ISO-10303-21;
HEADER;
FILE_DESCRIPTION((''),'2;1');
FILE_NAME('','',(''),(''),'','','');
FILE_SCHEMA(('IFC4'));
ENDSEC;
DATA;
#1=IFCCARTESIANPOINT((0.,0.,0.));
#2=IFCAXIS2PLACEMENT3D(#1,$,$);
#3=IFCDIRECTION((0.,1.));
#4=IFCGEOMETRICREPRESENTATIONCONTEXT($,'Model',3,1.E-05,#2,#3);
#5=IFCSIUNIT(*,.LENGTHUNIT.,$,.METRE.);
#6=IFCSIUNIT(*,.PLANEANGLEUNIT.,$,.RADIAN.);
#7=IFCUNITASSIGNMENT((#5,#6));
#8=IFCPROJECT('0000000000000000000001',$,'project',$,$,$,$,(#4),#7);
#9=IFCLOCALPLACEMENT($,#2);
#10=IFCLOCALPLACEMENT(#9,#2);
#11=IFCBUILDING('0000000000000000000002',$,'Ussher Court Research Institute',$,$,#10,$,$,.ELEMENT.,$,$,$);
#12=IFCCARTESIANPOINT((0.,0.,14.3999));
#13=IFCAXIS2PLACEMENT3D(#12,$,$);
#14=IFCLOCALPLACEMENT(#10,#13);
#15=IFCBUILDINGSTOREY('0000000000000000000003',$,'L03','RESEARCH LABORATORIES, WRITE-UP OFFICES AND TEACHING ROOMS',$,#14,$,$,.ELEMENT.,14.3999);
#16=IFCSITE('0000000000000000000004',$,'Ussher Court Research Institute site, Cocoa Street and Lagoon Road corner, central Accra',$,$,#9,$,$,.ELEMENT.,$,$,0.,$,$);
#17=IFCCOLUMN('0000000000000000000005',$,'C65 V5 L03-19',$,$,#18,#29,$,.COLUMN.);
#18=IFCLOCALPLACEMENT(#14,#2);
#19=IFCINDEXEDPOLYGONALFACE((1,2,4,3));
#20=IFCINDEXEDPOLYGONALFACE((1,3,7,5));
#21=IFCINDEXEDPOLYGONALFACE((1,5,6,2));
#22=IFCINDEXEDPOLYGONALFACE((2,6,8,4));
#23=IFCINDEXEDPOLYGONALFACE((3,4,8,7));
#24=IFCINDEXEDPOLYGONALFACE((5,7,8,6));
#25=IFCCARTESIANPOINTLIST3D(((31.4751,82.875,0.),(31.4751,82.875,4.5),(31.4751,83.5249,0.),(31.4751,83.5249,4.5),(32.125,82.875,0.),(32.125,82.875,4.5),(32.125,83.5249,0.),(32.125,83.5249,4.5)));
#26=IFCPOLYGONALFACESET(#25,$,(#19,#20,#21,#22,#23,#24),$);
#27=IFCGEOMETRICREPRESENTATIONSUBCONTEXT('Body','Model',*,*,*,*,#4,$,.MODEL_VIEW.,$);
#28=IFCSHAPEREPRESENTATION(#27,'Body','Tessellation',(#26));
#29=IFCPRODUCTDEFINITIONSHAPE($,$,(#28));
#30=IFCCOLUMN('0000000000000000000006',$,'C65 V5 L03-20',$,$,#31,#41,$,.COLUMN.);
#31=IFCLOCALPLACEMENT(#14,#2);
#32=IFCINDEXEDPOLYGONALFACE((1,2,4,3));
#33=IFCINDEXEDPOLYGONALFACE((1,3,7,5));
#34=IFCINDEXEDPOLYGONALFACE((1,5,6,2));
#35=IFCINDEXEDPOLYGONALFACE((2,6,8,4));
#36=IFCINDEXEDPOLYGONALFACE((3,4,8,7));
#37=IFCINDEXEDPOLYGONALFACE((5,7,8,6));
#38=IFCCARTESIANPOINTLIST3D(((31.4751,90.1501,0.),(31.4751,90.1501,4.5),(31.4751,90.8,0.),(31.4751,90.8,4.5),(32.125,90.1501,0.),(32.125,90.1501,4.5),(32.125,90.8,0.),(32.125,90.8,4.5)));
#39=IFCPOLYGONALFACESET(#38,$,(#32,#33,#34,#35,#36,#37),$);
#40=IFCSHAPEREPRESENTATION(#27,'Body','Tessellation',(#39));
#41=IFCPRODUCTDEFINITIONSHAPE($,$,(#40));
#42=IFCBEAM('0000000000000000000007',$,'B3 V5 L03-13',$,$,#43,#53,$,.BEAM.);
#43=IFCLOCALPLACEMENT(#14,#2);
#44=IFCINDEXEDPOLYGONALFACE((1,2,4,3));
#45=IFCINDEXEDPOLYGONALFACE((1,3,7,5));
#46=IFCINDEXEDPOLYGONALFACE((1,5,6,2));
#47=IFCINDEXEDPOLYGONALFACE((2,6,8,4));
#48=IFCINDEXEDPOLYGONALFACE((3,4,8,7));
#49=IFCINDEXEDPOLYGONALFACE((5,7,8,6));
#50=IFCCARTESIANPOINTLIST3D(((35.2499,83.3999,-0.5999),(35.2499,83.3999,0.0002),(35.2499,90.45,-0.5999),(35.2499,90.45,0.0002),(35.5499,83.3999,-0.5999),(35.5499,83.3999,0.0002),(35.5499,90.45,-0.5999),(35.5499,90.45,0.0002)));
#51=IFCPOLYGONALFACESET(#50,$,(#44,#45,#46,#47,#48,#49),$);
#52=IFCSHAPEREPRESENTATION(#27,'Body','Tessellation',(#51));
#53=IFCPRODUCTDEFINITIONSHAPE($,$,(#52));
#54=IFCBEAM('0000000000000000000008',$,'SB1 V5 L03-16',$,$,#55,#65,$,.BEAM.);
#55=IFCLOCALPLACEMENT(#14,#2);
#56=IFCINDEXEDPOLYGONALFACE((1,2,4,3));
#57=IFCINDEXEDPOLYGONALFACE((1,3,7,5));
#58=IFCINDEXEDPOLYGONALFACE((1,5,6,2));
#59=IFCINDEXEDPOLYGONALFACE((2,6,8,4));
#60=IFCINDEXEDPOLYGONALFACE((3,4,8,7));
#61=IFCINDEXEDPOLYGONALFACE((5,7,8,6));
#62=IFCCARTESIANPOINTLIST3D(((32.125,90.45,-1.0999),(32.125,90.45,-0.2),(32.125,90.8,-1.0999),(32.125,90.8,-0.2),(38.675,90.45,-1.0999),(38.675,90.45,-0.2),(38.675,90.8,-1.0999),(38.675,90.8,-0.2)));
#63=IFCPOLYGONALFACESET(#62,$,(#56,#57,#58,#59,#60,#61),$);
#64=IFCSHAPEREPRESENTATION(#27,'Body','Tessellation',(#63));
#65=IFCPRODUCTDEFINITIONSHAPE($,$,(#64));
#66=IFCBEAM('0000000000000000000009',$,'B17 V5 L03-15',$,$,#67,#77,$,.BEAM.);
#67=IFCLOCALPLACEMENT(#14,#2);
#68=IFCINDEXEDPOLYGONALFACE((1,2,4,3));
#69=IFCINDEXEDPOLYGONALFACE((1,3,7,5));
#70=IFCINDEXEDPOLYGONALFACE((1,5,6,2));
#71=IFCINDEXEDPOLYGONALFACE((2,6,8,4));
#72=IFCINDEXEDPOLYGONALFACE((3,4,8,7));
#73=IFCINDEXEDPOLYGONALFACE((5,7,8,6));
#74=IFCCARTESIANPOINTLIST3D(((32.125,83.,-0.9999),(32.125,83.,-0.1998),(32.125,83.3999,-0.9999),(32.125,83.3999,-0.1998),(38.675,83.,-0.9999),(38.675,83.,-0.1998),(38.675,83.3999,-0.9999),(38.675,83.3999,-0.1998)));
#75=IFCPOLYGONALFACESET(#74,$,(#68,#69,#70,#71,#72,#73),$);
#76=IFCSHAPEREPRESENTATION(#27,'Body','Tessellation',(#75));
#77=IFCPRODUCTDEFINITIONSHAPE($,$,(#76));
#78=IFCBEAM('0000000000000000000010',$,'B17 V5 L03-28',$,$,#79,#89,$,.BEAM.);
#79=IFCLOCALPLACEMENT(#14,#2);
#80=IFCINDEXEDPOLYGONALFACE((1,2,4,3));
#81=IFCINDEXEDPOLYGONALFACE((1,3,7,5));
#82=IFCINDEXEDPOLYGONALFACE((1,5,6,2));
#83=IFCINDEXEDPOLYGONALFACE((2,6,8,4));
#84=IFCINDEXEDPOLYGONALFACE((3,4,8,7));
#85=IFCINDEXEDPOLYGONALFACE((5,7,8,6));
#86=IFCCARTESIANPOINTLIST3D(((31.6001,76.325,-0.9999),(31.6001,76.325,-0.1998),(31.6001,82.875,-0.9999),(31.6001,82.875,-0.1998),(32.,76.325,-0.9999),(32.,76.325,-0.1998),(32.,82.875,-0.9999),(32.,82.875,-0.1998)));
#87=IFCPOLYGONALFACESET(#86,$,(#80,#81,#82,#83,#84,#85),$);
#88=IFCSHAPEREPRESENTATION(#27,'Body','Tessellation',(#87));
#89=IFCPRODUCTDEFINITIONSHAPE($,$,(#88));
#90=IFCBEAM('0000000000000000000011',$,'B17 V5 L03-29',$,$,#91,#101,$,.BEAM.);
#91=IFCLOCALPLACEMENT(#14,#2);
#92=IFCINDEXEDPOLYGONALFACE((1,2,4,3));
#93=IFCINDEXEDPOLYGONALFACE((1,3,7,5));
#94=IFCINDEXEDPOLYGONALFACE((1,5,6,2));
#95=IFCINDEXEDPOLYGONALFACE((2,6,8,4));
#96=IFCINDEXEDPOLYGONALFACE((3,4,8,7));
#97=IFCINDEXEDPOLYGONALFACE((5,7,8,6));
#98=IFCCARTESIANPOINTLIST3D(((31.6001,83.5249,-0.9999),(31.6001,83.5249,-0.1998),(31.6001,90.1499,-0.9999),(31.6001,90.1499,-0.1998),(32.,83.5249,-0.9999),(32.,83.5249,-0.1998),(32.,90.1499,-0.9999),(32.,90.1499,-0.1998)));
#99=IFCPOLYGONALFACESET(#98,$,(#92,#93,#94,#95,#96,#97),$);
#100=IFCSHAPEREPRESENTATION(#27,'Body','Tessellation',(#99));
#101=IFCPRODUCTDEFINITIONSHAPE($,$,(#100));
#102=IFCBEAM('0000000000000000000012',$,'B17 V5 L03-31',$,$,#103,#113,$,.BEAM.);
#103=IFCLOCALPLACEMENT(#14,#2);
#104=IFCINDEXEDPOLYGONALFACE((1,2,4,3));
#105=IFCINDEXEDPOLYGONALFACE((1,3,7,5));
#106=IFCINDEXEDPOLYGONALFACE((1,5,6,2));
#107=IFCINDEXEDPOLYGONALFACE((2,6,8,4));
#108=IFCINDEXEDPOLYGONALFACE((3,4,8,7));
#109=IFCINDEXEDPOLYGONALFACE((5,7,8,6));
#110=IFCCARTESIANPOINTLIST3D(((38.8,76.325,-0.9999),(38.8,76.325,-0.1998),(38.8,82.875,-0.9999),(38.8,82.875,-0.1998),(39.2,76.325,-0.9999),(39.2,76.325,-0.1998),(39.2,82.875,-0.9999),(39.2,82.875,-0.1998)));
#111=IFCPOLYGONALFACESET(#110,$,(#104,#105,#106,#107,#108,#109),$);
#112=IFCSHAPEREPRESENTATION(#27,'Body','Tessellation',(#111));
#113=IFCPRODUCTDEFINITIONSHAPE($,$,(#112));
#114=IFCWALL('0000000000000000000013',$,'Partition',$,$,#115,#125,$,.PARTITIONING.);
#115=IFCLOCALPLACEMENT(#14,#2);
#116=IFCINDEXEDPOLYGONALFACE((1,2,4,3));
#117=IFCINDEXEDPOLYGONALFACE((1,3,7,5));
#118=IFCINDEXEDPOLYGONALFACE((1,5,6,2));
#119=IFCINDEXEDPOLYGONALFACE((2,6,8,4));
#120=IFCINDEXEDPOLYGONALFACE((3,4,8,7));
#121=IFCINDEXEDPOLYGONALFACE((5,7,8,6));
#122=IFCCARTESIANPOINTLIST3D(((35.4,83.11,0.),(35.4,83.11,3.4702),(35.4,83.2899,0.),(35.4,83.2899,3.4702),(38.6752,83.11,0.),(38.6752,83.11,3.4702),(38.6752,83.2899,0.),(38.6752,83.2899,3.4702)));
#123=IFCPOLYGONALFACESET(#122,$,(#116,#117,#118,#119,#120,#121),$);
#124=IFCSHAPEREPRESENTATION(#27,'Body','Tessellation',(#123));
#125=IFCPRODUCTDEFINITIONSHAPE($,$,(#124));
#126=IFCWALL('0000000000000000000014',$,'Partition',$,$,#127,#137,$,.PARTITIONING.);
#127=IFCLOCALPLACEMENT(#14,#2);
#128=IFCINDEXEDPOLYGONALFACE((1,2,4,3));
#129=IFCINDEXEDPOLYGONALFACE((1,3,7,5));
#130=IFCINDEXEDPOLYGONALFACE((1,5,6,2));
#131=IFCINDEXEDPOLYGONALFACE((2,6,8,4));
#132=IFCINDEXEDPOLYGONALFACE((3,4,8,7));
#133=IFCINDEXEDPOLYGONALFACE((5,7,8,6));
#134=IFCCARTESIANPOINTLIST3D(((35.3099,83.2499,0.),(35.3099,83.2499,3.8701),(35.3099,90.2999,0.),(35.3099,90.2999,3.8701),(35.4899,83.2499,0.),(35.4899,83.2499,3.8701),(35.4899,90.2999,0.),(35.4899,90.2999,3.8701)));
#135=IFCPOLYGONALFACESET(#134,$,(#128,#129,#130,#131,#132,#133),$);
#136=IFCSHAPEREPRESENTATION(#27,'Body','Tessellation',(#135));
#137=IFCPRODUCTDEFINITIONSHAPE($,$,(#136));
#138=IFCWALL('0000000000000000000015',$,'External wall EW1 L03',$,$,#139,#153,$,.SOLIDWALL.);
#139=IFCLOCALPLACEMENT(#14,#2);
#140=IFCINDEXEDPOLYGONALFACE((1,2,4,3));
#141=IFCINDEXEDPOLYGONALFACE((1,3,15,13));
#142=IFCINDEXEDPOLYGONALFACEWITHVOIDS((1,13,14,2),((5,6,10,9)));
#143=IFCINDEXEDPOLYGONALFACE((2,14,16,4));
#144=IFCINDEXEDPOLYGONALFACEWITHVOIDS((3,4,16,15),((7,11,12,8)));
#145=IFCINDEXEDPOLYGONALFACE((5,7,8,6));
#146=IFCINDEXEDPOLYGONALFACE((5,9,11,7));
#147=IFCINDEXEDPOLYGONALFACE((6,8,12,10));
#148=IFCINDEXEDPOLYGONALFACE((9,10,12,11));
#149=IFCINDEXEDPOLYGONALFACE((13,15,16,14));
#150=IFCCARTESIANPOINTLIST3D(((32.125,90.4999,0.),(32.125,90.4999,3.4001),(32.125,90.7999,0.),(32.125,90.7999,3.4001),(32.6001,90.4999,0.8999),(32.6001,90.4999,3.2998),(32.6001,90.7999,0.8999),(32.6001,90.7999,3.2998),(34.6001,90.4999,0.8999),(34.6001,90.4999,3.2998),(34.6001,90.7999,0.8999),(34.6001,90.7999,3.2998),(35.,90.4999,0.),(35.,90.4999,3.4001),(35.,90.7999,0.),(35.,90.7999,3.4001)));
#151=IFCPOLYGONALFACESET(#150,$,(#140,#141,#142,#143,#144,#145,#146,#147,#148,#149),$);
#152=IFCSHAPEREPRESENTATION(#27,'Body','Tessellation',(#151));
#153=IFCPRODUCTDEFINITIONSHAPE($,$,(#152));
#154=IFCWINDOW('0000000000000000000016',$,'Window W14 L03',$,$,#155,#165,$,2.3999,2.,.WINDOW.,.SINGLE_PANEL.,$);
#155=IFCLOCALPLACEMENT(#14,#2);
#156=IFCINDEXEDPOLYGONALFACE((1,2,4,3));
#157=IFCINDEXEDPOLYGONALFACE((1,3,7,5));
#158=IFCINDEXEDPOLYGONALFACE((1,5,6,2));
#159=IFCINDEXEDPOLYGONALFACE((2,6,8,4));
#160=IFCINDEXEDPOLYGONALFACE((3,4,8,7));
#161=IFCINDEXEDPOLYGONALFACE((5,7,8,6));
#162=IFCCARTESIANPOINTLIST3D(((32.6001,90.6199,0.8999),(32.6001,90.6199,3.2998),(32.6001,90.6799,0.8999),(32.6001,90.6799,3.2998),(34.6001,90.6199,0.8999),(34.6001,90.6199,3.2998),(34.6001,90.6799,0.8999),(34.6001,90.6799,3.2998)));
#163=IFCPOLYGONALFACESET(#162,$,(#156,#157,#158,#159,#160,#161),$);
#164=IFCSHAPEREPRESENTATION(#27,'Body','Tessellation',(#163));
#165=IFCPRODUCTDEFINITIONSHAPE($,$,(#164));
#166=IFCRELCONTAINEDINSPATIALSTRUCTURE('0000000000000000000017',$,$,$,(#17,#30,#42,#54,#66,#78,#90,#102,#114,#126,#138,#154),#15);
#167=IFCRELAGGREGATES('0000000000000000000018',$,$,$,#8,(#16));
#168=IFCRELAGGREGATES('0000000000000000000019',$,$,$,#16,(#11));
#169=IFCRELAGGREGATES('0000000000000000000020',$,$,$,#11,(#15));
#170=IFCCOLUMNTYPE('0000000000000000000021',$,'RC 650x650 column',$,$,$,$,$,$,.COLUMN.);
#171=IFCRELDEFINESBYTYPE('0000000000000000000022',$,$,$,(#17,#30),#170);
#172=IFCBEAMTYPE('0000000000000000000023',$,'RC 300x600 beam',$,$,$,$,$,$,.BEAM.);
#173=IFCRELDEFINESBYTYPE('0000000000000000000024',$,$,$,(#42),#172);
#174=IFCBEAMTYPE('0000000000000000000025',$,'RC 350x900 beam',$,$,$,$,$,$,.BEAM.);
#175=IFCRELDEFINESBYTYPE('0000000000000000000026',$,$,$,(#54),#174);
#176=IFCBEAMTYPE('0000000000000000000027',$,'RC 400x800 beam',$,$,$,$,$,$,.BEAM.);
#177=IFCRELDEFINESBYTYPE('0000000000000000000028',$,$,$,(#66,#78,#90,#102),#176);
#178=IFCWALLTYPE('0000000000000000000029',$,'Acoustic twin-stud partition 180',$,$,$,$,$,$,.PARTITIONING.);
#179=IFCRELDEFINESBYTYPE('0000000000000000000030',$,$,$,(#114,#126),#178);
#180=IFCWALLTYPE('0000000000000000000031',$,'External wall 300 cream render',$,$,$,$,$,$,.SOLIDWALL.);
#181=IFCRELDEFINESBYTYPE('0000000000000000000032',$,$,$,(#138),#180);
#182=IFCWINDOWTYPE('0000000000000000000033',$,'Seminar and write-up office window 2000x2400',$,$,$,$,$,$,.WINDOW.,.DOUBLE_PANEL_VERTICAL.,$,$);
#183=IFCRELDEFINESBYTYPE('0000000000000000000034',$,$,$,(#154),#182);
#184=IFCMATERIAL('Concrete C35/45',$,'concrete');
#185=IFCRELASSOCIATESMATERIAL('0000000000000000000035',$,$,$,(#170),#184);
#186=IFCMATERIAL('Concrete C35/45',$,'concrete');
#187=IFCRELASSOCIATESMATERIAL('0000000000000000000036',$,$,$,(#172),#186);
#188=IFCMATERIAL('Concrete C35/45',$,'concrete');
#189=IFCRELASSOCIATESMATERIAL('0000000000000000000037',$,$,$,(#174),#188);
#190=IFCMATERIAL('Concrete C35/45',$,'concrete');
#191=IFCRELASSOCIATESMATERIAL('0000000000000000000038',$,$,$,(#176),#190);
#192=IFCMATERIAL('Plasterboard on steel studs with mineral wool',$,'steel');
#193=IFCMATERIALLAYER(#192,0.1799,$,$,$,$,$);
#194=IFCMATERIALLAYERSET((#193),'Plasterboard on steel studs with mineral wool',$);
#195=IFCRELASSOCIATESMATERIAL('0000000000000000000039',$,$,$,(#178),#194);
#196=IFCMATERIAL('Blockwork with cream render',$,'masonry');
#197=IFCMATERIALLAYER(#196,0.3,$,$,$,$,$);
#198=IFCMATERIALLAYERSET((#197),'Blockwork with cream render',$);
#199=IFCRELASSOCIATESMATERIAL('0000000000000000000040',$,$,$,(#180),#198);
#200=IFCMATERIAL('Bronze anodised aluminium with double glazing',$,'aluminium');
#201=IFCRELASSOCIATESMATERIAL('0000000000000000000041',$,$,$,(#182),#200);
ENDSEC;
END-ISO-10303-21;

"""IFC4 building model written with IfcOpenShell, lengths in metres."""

from ifc_helpers import new_model, si_unit, direction, frame, frame_2d, origin, origin_2d, place, context, subcontext, project, spatial, rectangle, extrude, material, layer, layer_set, material_profile, profile_set, type_object, element, fill, save


model = new_model("IFC4")

# Units and contexts
model_context = context("Model", 3, precision=1e-05, world=origin(), true_north=direction((0.0, 1.0)))
body_context = subcontext(model_context, "Body", "Model", "MODEL_VIEW")
ifc_project = project(units=[si_unit("LENGTHUNIT", "METRE"), si_unit("PLANEANGLEUNIT", "RADIAN")], contexts=[model_context])

# Site, building, storey
site_placement = place(None, origin())
site = spatial("IfcSite", under=ifc_project, at=site_placement, Name="Ussher Court Research Institute site, Cocoa Street and Lagoon Road corner, central Accra", CompositionType="ELEMENT", RefElevation=0.0)
building_placement = place(site_placement, origin())
building = spatial("IfcBuilding", under=site, at=building_placement, Name="Ussher Court Research Institute", CompositionType="ELEMENT")
storey_placement = place(building_placement, frame((0.0, 0.0, 14.3999)))
storey = spatial("IfcBuildingStorey", under=building, at=storey_placement, Name="L03", Description="RESEARCH LABORATORIES, WRITE-UP OFFICES AND TEACHING ROOMS", CompositionType="ELEMENT", Elevation=14.3999)

# Columns
ifc_material_1 = material(Name="Concrete C35/45", Category="concrete")
ifc_material_profile_1 = material_profile(ifc_material_1, rectangle(XDim=0.6499, YDim=0.6499, at=origin_2d()), Name="RC 650x650")
ifc_profile_set_1 = profile_set([ifc_material_profile_1], Name="Concrete C35/45")
column_type = type_object("IfcColumnType", Name="RC 650x650 column", PredefinedType="COLUMN", material=ifc_profile_set_1)
for number, where, z_axis, x_axis, name in (
    (1, (31.8, 83.2, 0.0), (0.0, 0.0, 1.0), (1.0, 0.0, 0.0), "C65 V5 L03-19"),
    (2, (31.8, 90.4751, 0.0), (0.0, 0.0, 1.0), (1.0, 0.0, 0.0), "C65 V5 L03-20"),
):
    element("IfcColumn", number, at=place(storey_placement, frame(where, z_axis=z_axis, x_axis=x_axis)), inside=storey, type_object=column_type, Name=name, PredefinedType="COLUMN", context=body_context, shape_type="SweptSolid", body=[
        extrude(rectangle(XDim=0.6499, YDim=0.6499, at=origin_2d()), origin(), (0.0, 0.0, 1.0), 4.5),
    ])

# Beams
ifc_material_2 = material(Name="Concrete C35/45", Category="concrete")
ifc_material_profile_2 = material_profile(ifc_material_2, rectangle(XDim=0.3, YDim=0.6001, at=origin_2d()), Name="RC 300x600")
ifc_profile_set_2 = profile_set([ifc_material_profile_2], Name="Concrete C35/45")
beam_type_1 = type_object("IfcBeamType", Name="RC 300x600 beam", PredefinedType="BEAM", material=ifc_profile_set_2)
beam_1_placement = place(storey_placement, frame((35.3999, 83.3999, -0.2998), z_axis=(0.0, 1.0, 0.0), x_axis=(-1.0, 0.0, 0.0)))
element("IfcBeam", 3, at=beam_1_placement, inside=storey, type_object=beam_type_1, Name="B3 V5 L03-13", PredefinedType="BEAM", context=body_context, shape_type="SweptSolid", body=[
    extrude(rectangle(XDim=0.3, YDim=0.6001, at=origin_2d()), origin(), (0.0, 0.0, 1.0), 7.05),
])
ifc_material_3 = material(Name="Concrete C35/45", Category="concrete")
ifc_material_profile_3 = material_profile(ifc_material_3, rectangle(XDim=0.3501, YDim=0.8999, at=origin_2d()), Name="RC 350x900")
ifc_profile_set_3 = profile_set([ifc_material_profile_3], Name="Concrete C35/45")
beam_type_2 = type_object("IfcBeamType", Name="RC 350x900 beam", PredefinedType="BEAM", material=ifc_profile_set_3)
beam_2_placement = place(storey_placement, frame((32.125, 90.625, -0.6499), z_axis=(1.0, 0.0, 0.0), x_axis=(0.0, 1.0, 0.0)))
element("IfcBeam", 4, at=beam_2_placement, inside=storey, type_object=beam_type_2, Name="SB1 V5 L03-16", PredefinedType="BEAM", context=body_context, shape_type="SweptSolid", body=[
    extrude(rectangle(XDim=0.3501, YDim=0.8999, at=origin_2d()), origin(), (0.0, 0.0, 1.0), 6.55),
])
ifc_material_4 = material(Name="Concrete C35/45", Category="concrete")
ifc_material_profile_4 = material_profile(ifc_material_4, rectangle(XDim=0.3999, YDim=0.8, at=origin_2d()), Name="RC 400x800")
ifc_profile_set_4 = profile_set([ifc_material_profile_4], Name="Concrete C35/45")
beam_type_3 = type_object("IfcBeamType", Name="RC 400x800 beam", PredefinedType="BEAM", material=ifc_profile_set_4)
for number, where, z_axis, x_axis, name in (
    (5, (32.125, 83.2, -0.5999), (1.0, 0.0, 0.0), (0.0, 1.0, 0.0), "B17 V5 L03-15"),
    (6, (31.8, 76.325, -0.5999), (0.0, 1.0, 0.0), (-1.0, 0.0, 0.0), "B17 V5 L03-28"),
):
    element("IfcBeam", number, at=place(storey_placement, frame(where, z_axis=z_axis, x_axis=x_axis)), inside=storey, type_object=beam_type_3, Name=name, PredefinedType="BEAM", context=body_context, shape_type="SweptSolid", body=[
        extrude(rectangle(XDim=0.3999, YDim=0.8, at=origin_2d()), origin(), (0.0, 0.0, 1.0), 6.55),
    ])
beam_3_placement = place(storey_placement, frame((31.8, 83.5249, -0.5999), z_axis=(0.0, 1.0, 0.0), x_axis=(-1.0, 0.0, 0.0)))
element("IfcBeam", 7, at=beam_3_placement, inside=storey, type_object=beam_type_3, Name="B17 V5 L03-29", PredefinedType="BEAM", context=body_context, shape_type="SweptSolid", body=[
    extrude(rectangle(XDim=0.3999, YDim=0.8, at=origin_2d()), origin(), (0.0, 0.0, 1.0), 6.625),
])
beam_4_placement = place(storey_placement, frame((39.0, 76.325, -0.5999), z_axis=(0.0, 1.0, 0.0), x_axis=(-1.0, 0.0, 0.0)))
element("IfcBeam", 8, at=beam_4_placement, inside=storey, type_object=beam_type_3, Name="B17 V5 L03-31", PredefinedType="BEAM", context=body_context, shape_type="SweptSolid", body=[
    extrude(rectangle(XDim=0.3999, YDim=0.8, at=origin_2d()), origin(), (0.0, 0.0, 1.0), 6.55),
])

# Walls
ifc_material_5 = material(Name="Plasterboard on steel studs with mineral wool", Category="steel")
ifc_layer_1 = layer(ifc_material_5, 0.1799)
ifc_layer_set_1 = layer_set([ifc_layer_1], Name="Plasterboard on steel studs with mineral wool")
wall_type_1 = type_object("IfcWallType", Name="Acoustic twin-stud partition 180", PredefinedType="PARTITIONING", material=ifc_layer_set_1)
wall_1_placement = place(storey_placement, frame((35.3999, 83.2, 0.0), z_axis=(0.0, 0.0, 1.0), x_axis=(1.0, 0.0, 0.0)))
element("IfcWall", 9, at=wall_1_placement, inside=storey, type_object=wall_type_1, Name="Partition", PredefinedType="PARTITIONING", context=body_context, shape_type="SweptSolid", body=[
    extrude(rectangle(XDim=3.2751, YDim=0.1799, at=frame_2d((1.6377, 0.0))), origin(), (0.0, 0.0, 1.0), 3.4702),
])
wall_2_placement = place(storey_placement, frame((35.3999, 83.25, 0.0), z_axis=(0.0, 0.0, 1.0), x_axis=(0.0, 1.0, 0.0)))
element("IfcWall", 10, at=wall_2_placement, inside=storey, type_object=wall_type_1, Name="Partition", PredefinedType="PARTITIONING", context=body_context, shape_type="SweptSolid", body=[
    extrude(rectangle(XDim=7.05, YDim=0.1799, at=frame_2d((3.5249, 0.0))), origin(), (0.0, 0.0, 1.0), 3.8701),
])

# Wall, opening, window
ifc_material_6 = material(Name="Blockwork with cream render", Category="masonry")
ifc_layer_2 = layer(ifc_material_6, 0.3)
ifc_layer_set_2 = layer_set([ifc_layer_2], Name="Blockwork with cream render")
wall_type_2 = type_object("IfcWallType", Name="External wall 300 cream render", PredefinedType="SOLIDWALL", material=ifc_layer_set_2)
wall_3_placement = place(storey_placement, frame((32.125, 90.6499, 0.0), z_axis=(0.0, 0.0, 1.0), x_axis=(1.0, 0.0, 0.0)))
wall_3 = element("IfcWall", 11, at=wall_3_placement, inside=storey, type_object=wall_type_2, Name="External wall EW1 L03", PredefinedType="SOLIDWALL", context=body_context, shape_type="SweptSolid", body=[
    extrude(rectangle(XDim=2.875, YDim=0.3, at=frame_2d((1.4375, 0.0))), origin(), (0.0, 0.0, 1.0), 3.4001),
])
opening_1_placement = place(wall_3_placement, frame((0.4751, 0.0, 0.8999)))
opening_1 = element("IfcOpeningElement", 12, at=opening_1_placement, cuts=wall_3, PredefinedType="OPENING", context=body_context, shape_type="SweptSolid", body=[
    extrude(rectangle(XDim=2.0, YDim=2.3999, at=frame_2d((1.0, 1.2))), frame((0.0, 0.1602, 0.0), z_axis=(0.0, -1.0, 0.0), x_axis=(1.0, 0.0, 0.0)), (0.0, 0.0, 1.0), 0.3201),
])
ifc_material_7 = material(Name="Bronze anodised aluminium with double glazing", Category="aluminium")
window_type = type_object("IfcWindowType", Name="Seminar and write-up office window 2000x2400", PartitioningType="DOUBLE_PANEL_VERTICAL", PredefinedType="WINDOW", material=ifc_material_7)
window_1_placement = place(opening_1_placement, origin())
window_1 = element("IfcWindow", 13, at=window_1_placement, inside=storey, type_object=window_type, Name="Window W14 L03", OverallHeight=2.3999, OverallWidth=2.0, PartitioningType="SINGLE_PANEL", PredefinedType="WINDOW", context=body_context, shape_type="SweptSolid", body=[
    extrude(rectangle(XDim=2.0, YDim=2.3999, at=frame_2d((1.0, 1.2))), frame((0.0, 0.03, 0.0), z_axis=(0.0, -1.0, 0.0), x_axis=(1.0, 0.0, 0.0)), (0.0, 0.0, 1.0), 0.0601),
])
fill(opening_1, window_1)

save(model, "model.ifc")
